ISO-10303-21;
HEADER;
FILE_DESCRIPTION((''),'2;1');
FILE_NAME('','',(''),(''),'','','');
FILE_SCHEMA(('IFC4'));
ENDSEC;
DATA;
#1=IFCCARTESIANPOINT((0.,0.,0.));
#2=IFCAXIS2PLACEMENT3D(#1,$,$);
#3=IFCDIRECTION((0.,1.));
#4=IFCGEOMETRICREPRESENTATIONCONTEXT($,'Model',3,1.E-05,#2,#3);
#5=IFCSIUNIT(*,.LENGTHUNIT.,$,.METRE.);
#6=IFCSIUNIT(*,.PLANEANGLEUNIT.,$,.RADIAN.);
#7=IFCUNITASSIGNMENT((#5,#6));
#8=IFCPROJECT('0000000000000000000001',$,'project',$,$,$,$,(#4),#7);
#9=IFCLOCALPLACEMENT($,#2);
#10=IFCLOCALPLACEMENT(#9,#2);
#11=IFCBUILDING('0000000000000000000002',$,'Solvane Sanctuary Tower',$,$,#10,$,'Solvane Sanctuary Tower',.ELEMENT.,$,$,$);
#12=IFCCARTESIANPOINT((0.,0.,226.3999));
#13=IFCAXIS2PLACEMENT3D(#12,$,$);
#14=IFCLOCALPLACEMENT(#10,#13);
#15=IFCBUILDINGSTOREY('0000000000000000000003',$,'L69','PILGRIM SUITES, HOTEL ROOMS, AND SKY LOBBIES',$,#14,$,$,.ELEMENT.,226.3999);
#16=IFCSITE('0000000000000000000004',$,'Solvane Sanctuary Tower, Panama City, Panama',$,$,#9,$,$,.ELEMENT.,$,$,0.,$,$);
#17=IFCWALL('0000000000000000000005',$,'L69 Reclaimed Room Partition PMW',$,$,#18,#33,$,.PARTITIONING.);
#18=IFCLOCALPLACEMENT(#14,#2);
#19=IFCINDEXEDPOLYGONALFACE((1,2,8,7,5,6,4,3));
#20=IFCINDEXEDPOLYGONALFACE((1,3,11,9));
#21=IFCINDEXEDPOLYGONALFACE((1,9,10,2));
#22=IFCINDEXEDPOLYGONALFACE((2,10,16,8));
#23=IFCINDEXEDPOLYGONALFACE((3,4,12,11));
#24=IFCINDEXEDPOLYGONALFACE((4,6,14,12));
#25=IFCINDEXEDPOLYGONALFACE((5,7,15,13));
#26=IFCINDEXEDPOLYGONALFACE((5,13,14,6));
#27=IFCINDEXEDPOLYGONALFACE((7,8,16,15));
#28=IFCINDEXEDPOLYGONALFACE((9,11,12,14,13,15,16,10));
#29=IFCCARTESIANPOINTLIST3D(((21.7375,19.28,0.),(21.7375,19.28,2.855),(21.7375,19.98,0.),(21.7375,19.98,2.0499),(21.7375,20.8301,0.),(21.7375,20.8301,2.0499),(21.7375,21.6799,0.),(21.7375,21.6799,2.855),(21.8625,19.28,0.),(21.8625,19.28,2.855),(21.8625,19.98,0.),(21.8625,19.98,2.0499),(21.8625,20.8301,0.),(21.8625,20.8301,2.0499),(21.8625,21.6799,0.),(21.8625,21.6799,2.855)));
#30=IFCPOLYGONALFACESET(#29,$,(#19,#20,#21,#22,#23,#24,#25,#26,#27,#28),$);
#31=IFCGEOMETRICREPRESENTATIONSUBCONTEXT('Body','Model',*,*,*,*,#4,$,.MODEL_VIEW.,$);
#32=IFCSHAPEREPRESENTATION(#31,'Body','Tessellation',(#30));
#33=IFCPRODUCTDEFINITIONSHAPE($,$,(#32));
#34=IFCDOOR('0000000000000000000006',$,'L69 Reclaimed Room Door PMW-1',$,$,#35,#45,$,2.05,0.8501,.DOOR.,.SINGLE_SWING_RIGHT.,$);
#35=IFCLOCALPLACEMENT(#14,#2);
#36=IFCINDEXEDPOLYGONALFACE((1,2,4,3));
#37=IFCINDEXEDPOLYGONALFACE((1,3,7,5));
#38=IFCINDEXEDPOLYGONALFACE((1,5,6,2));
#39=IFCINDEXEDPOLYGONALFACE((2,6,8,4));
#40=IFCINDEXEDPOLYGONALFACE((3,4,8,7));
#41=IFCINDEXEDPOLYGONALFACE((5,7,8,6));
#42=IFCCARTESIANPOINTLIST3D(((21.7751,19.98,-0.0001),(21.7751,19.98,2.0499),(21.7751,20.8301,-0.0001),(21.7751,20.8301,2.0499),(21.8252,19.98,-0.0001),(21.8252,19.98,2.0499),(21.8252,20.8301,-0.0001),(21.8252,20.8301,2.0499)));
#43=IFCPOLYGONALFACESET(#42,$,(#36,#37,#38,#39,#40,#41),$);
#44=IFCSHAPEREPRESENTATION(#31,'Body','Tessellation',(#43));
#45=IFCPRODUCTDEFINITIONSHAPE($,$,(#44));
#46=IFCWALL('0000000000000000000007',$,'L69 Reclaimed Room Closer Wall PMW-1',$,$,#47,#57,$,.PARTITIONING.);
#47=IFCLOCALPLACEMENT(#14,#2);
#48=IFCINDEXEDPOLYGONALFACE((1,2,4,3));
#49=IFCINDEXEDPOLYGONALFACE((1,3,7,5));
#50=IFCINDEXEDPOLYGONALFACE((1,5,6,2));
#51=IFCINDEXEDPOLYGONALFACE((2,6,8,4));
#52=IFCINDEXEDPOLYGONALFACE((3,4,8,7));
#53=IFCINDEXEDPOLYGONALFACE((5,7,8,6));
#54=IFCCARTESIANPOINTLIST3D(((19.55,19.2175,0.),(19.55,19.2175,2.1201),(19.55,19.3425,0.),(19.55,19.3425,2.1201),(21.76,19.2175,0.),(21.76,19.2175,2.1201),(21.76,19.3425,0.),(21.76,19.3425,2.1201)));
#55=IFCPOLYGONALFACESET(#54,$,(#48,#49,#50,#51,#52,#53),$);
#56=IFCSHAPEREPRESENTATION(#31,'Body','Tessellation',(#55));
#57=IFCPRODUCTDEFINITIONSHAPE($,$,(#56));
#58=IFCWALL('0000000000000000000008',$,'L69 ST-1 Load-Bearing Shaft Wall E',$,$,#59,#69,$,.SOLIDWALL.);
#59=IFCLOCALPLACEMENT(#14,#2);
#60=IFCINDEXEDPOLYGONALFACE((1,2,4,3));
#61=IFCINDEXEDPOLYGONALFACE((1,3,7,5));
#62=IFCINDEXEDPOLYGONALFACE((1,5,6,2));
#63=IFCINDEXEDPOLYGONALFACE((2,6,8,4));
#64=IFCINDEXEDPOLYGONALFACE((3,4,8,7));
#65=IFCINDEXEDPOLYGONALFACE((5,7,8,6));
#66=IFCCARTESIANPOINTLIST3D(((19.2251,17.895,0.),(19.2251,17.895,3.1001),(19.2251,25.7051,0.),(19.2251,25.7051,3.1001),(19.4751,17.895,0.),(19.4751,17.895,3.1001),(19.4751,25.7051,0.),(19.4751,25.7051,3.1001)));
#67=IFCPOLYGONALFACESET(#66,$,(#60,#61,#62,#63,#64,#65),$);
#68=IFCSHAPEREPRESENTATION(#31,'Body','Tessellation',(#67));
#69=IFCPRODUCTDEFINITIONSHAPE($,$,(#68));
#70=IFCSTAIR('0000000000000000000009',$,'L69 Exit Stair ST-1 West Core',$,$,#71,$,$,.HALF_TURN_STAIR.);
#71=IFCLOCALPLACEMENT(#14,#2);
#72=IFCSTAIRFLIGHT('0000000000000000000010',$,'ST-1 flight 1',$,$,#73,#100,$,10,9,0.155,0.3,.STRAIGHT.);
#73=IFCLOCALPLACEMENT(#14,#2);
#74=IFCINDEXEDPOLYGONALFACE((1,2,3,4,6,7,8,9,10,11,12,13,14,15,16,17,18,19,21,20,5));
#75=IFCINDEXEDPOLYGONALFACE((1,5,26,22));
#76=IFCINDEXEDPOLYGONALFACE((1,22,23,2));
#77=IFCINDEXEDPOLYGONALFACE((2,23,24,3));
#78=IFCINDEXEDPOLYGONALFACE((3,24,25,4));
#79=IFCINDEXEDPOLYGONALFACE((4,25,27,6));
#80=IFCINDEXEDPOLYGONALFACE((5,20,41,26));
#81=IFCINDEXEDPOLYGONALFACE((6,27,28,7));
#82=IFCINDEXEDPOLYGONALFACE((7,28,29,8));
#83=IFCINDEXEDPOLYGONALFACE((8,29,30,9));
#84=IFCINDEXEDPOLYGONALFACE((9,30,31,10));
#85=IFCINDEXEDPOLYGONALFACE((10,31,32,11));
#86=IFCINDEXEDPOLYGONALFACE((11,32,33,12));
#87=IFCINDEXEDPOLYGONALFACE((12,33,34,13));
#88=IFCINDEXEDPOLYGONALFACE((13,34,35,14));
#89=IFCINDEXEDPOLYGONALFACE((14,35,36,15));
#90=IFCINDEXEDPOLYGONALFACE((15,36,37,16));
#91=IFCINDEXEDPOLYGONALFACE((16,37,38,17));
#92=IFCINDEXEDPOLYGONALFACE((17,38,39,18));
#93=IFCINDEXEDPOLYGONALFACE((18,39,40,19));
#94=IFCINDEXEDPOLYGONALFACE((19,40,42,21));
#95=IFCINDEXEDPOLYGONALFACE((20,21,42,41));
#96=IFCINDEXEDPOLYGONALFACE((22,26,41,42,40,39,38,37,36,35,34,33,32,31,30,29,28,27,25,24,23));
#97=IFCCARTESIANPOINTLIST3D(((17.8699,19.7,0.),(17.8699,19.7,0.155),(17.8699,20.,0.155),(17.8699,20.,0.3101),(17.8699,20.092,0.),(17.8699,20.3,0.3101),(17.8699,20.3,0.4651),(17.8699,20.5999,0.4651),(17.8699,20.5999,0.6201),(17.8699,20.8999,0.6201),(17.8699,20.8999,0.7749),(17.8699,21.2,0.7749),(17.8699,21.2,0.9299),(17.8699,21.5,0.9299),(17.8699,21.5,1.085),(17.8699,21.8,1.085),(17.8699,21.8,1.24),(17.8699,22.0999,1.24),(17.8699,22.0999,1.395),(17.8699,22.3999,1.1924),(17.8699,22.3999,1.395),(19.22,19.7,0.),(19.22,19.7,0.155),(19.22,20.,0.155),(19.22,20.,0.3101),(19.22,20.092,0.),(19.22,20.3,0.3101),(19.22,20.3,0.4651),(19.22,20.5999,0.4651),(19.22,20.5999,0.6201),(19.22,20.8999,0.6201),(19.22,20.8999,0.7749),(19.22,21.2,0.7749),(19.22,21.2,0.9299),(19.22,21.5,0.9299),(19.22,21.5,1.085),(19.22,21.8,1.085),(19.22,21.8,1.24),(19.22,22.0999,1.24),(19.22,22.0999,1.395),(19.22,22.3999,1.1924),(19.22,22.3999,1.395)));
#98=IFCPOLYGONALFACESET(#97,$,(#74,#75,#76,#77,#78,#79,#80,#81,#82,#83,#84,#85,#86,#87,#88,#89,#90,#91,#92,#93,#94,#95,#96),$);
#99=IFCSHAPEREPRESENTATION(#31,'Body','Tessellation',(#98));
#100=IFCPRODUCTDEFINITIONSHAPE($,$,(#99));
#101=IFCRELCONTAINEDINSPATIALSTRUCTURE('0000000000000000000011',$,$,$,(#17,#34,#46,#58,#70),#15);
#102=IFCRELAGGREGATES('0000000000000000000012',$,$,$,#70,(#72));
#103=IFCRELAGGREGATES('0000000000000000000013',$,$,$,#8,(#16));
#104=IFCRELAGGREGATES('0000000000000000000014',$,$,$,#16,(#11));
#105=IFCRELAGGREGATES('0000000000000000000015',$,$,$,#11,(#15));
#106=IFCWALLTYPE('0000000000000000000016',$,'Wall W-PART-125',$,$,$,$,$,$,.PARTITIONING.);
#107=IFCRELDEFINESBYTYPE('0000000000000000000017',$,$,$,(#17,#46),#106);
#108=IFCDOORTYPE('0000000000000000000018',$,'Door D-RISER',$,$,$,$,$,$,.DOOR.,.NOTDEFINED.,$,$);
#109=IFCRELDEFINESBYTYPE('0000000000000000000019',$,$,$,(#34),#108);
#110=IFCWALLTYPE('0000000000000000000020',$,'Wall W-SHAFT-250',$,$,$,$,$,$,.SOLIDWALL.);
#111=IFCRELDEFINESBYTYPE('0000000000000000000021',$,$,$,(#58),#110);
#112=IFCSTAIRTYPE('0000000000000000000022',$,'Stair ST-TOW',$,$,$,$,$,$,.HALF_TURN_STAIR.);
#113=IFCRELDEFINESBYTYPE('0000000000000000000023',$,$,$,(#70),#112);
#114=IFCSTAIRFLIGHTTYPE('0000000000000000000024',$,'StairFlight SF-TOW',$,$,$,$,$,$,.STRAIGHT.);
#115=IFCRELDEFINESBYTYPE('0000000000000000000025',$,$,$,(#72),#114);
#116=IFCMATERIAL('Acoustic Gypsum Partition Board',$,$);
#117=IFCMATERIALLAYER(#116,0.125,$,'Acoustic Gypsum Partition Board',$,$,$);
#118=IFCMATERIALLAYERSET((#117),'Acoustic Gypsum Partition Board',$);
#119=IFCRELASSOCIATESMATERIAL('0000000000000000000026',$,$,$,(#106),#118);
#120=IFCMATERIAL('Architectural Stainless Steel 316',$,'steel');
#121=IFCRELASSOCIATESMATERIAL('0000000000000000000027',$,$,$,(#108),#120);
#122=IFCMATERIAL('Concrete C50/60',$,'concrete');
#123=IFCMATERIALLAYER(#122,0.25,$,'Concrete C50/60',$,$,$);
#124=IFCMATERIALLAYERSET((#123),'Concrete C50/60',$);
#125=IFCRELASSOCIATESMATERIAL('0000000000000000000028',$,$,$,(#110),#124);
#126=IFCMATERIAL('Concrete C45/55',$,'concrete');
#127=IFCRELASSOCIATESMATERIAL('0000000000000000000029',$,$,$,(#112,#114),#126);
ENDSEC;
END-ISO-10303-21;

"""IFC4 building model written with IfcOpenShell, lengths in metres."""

from ifc_helpers import new_model, si_unit, direction, frame, frame_2d, origin, place, context, subcontext, project, spatial, polyline, rectangle, outline, extrude, material, layer, layer_set, type_object, element, fill, aggregate, save


model = new_model("IFC4")

# Units and contexts
model_context = context("Model", 3, precision=1e-05, world=origin(), true_north=direction((0.0, 1.0)))
body_context = subcontext(model_context, "Body", "Model", "MODEL_VIEW")
ifc_project = project(units=[si_unit("LENGTHUNIT", "METRE"), si_unit("PLANEANGLEUNIT", "RADIAN")], contexts=[model_context])

# Site, building, storey
site_placement = place(None, origin())
site = spatial("IfcSite", under=ifc_project, at=site_placement, Name="Solvane Sanctuary Tower, Panama City, Panama", CompositionType="ELEMENT", RefElevation=0.0)
building_placement = place(site_placement, origin())
building = spatial("IfcBuilding", under=site, at=building_placement, Name="Solvane Sanctuary Tower", LongName="Solvane Sanctuary Tower", CompositionType="ELEMENT")
storey_placement = place(building_placement, frame((0.0, 0.0, 226.3999)))
storey = spatial("IfcBuildingStorey", under=building, at=storey_placement, Name="L69", Description="PILGRIM SUITES, HOTEL ROOMS, AND SKY LOBBIES", CompositionType="ELEMENT", Elevation=226.3999)

# Shared definitions
ifc_material_1 = material(Name="Concrete C50/60", Category="concrete")

# Shared definitions
ifc_material_2 = material(Name="Acoustic Gypsum Partition Board")

# Wall, opening, door
ifc_layer_1 = layer(ifc_material_2, 0.125, Name="Acoustic Gypsum Partition Board")
ifc_layer_set_1 = layer_set([ifc_layer_1], Name="Acoustic Gypsum Partition Board")
wall_type_1 = type_object("IfcWallType", Name="Wall W-PART-125", PredefinedType="PARTITIONING", material=ifc_layer_set_1)
ifc_material_3 = material(Name="Architectural Stainless Steel 316", Category="steel")
door_type_1 = type_object("IfcDoorType", Name="Door D-RISER", OperationType="NOTDEFINED", PredefinedType="DOOR", material=ifc_material_3)
wall_1_placement = place(storey_placement, frame((21.8, 19.28, 0.0), z_axis=(0.0, 0.0, 1.0), x_axis=(0.0, 1.0, 0.0)))
wall_1 = element("IfcWall", 1, at=wall_1_placement, inside=storey, type_object=wall_type_1, Name="L69 Reclaimed Room Partition PMW", PredefinedType="PARTITIONING", context=body_context, shape_type="SweptSolid", body=[
    extrude(rectangle(XDim=2.3999, YDim=0.125, at=frame_2d((1.2, 0.0))), origin(), (0.0, 0.0, 1.0), 2.855),
])
opening_1_placement = place(wall_1_placement, frame((0.7, 0.0, 0.0)))
opening_1 = element("IfcOpeningElement", 2, at=opening_1_placement, cuts=wall_1, PredefinedType="OPENING", context=body_context, shape_type="SweptSolid", body=[
    extrude(rectangle(XDim=0.8501, YDim=2.05, at=frame_2d((0.425, 1.0249))), frame((0.0, 0.0725, 0.0), z_axis=(0.0, -1.0, 0.0), x_axis=(1.0, 0.0, 0.0)), (0.0, 0.0, 1.0), 0.145),
])
door_1_placement = place(opening_1_placement, origin())
door_1 = element("IfcDoor", 3, at=door_1_placement, inside=storey, type_object=door_type_1, Name="L69 Reclaimed Room Door PMW-1", OperationType="SINGLE_SWING_RIGHT", OverallHeight=2.05, OverallWidth=0.8501, PredefinedType="DOOR", context=body_context, shape_type="SweptSolid", body=[
    extrude(rectangle(XDim=0.8501, YDim=2.05, at=frame_2d((0.425, 1.0249))), frame((0.0, 0.0249, 0.0), z_axis=(0.0, -1.0, 0.0), x_axis=(1.0, 0.0, 0.0)), (0.0, 0.0, 1.0), 0.05),
])
fill(opening_1, door_1)

# Walls
wall_2_placement = place(storey_placement, frame((19.55, 19.28, 0.0), z_axis=(0.0, 0.0, 1.0), x_axis=(1.0, 0.0, 0.0)))
element("IfcWall", 4, at=wall_2_placement, inside=storey, type_object=wall_type_1, Name="L69 Reclaimed Room Closer Wall PMW-1", PredefinedType="PARTITIONING", context=body_context, shape_type="SweptSolid", body=[
    extrude(rectangle(XDim=2.21, YDim=0.125, at=frame_2d((1.105, 0.0))), origin(), (0.0, 0.0, 1.0), 2.1201),
])
ifc_layer_2 = layer(ifc_material_1, 0.25, Name="Concrete C50/60")
ifc_layer_set_2 = layer_set([ifc_layer_2], Name="Concrete C50/60")
wall_type_2 = type_object("IfcWallType", Name="Wall W-SHAFT-250", PredefinedType="SOLIDWALL", material=ifc_layer_set_2)
wall_3_placement = place(storey_placement, frame((19.3501, 17.895, 0.0), z_axis=(0.0, 0.0, 1.0), x_axis=(0.0, 1.0, 0.0)))
element("IfcWall", 5, at=wall_3_placement, inside=storey, type_object=wall_type_2, Name="L69 ST-1 Load-Bearing Shaft Wall E", PredefinedType="SOLIDWALL", context=body_context, shape_type="SweptSolid", body=[
    extrude(rectangle(XDim=7.8101, YDim=0.25, at=frame_2d((3.905, 0.0))), origin(), (0.0, 0.0, 1.0), 3.1001),
])

# Stair, stair flight
ifc_material_4 = material(Name="Concrete C45/55", Category="concrete")
stair_type = type_object("IfcStairType", Name="Stair ST-TOW", PredefinedType="HALF_TURN_STAIR", material=ifc_material_4)
stair_placement = place(storey_placement, origin())
stair = element("IfcStair", 6, at=stair_placement, inside=storey, type_object=stair_type, Name="L69 Exit Stair ST-1 West Core", PredefinedType="HALF_TURN_STAIR")
stair_flight_type = type_object("IfcStairFlightType", Name="StairFlight SF-TOW", PredefinedType="STRAIGHT", material=ifc_material_4)
stair_flight_placement = place(storey_placement, frame((18.5449, 19.7, 0.0), z_axis=(0.0, 0.0, 1.0), x_axis=(0.0, 1.0, 0.0)))
stair_flight = element("IfcStairFlight", 7, at=stair_flight_placement, type_object=stair_flight_type, Name="ST-1 flight 1", NumberOfRisers=10, NumberOfTreads=9, PredefinedType="STRAIGHT", RiserHeight=0.155, TreadLength=0.3, context=body_context, shape_type="SweptSolid", body=[
    extrude(outline(polyline([(0.0, 0.0), (0.0, 0.155), (0.3, 0.155), (0.3, 0.3101), (0.6001, 0.3101), (0.6001, 0.4651), (0.8999, 0.4651), (0.8999, 0.6201), (1.2, 0.6201), (1.2, 0.7749), (1.5, 0.7749), (1.5, 0.9299), (1.8, 0.9299), (1.8, 1.085), (2.1001, 1.085), (2.1001, 1.24), (2.3999, 1.24), (2.3999, 1.395), (2.7, 1.395), (2.7, 1.55), (2.7, 1.1924), (0.3921, 0.0), (0.0, 0.0)])), frame((0.0, 0.675, 0.0), z_axis=(0.0, -1.0, 0.0), x_axis=(1.0, 0.0, 0.0)), (0.0, 0.0, 1.0), 1.3501),
])
aggregate(stair, [stair_flight])

save(model, "model.ifc")
